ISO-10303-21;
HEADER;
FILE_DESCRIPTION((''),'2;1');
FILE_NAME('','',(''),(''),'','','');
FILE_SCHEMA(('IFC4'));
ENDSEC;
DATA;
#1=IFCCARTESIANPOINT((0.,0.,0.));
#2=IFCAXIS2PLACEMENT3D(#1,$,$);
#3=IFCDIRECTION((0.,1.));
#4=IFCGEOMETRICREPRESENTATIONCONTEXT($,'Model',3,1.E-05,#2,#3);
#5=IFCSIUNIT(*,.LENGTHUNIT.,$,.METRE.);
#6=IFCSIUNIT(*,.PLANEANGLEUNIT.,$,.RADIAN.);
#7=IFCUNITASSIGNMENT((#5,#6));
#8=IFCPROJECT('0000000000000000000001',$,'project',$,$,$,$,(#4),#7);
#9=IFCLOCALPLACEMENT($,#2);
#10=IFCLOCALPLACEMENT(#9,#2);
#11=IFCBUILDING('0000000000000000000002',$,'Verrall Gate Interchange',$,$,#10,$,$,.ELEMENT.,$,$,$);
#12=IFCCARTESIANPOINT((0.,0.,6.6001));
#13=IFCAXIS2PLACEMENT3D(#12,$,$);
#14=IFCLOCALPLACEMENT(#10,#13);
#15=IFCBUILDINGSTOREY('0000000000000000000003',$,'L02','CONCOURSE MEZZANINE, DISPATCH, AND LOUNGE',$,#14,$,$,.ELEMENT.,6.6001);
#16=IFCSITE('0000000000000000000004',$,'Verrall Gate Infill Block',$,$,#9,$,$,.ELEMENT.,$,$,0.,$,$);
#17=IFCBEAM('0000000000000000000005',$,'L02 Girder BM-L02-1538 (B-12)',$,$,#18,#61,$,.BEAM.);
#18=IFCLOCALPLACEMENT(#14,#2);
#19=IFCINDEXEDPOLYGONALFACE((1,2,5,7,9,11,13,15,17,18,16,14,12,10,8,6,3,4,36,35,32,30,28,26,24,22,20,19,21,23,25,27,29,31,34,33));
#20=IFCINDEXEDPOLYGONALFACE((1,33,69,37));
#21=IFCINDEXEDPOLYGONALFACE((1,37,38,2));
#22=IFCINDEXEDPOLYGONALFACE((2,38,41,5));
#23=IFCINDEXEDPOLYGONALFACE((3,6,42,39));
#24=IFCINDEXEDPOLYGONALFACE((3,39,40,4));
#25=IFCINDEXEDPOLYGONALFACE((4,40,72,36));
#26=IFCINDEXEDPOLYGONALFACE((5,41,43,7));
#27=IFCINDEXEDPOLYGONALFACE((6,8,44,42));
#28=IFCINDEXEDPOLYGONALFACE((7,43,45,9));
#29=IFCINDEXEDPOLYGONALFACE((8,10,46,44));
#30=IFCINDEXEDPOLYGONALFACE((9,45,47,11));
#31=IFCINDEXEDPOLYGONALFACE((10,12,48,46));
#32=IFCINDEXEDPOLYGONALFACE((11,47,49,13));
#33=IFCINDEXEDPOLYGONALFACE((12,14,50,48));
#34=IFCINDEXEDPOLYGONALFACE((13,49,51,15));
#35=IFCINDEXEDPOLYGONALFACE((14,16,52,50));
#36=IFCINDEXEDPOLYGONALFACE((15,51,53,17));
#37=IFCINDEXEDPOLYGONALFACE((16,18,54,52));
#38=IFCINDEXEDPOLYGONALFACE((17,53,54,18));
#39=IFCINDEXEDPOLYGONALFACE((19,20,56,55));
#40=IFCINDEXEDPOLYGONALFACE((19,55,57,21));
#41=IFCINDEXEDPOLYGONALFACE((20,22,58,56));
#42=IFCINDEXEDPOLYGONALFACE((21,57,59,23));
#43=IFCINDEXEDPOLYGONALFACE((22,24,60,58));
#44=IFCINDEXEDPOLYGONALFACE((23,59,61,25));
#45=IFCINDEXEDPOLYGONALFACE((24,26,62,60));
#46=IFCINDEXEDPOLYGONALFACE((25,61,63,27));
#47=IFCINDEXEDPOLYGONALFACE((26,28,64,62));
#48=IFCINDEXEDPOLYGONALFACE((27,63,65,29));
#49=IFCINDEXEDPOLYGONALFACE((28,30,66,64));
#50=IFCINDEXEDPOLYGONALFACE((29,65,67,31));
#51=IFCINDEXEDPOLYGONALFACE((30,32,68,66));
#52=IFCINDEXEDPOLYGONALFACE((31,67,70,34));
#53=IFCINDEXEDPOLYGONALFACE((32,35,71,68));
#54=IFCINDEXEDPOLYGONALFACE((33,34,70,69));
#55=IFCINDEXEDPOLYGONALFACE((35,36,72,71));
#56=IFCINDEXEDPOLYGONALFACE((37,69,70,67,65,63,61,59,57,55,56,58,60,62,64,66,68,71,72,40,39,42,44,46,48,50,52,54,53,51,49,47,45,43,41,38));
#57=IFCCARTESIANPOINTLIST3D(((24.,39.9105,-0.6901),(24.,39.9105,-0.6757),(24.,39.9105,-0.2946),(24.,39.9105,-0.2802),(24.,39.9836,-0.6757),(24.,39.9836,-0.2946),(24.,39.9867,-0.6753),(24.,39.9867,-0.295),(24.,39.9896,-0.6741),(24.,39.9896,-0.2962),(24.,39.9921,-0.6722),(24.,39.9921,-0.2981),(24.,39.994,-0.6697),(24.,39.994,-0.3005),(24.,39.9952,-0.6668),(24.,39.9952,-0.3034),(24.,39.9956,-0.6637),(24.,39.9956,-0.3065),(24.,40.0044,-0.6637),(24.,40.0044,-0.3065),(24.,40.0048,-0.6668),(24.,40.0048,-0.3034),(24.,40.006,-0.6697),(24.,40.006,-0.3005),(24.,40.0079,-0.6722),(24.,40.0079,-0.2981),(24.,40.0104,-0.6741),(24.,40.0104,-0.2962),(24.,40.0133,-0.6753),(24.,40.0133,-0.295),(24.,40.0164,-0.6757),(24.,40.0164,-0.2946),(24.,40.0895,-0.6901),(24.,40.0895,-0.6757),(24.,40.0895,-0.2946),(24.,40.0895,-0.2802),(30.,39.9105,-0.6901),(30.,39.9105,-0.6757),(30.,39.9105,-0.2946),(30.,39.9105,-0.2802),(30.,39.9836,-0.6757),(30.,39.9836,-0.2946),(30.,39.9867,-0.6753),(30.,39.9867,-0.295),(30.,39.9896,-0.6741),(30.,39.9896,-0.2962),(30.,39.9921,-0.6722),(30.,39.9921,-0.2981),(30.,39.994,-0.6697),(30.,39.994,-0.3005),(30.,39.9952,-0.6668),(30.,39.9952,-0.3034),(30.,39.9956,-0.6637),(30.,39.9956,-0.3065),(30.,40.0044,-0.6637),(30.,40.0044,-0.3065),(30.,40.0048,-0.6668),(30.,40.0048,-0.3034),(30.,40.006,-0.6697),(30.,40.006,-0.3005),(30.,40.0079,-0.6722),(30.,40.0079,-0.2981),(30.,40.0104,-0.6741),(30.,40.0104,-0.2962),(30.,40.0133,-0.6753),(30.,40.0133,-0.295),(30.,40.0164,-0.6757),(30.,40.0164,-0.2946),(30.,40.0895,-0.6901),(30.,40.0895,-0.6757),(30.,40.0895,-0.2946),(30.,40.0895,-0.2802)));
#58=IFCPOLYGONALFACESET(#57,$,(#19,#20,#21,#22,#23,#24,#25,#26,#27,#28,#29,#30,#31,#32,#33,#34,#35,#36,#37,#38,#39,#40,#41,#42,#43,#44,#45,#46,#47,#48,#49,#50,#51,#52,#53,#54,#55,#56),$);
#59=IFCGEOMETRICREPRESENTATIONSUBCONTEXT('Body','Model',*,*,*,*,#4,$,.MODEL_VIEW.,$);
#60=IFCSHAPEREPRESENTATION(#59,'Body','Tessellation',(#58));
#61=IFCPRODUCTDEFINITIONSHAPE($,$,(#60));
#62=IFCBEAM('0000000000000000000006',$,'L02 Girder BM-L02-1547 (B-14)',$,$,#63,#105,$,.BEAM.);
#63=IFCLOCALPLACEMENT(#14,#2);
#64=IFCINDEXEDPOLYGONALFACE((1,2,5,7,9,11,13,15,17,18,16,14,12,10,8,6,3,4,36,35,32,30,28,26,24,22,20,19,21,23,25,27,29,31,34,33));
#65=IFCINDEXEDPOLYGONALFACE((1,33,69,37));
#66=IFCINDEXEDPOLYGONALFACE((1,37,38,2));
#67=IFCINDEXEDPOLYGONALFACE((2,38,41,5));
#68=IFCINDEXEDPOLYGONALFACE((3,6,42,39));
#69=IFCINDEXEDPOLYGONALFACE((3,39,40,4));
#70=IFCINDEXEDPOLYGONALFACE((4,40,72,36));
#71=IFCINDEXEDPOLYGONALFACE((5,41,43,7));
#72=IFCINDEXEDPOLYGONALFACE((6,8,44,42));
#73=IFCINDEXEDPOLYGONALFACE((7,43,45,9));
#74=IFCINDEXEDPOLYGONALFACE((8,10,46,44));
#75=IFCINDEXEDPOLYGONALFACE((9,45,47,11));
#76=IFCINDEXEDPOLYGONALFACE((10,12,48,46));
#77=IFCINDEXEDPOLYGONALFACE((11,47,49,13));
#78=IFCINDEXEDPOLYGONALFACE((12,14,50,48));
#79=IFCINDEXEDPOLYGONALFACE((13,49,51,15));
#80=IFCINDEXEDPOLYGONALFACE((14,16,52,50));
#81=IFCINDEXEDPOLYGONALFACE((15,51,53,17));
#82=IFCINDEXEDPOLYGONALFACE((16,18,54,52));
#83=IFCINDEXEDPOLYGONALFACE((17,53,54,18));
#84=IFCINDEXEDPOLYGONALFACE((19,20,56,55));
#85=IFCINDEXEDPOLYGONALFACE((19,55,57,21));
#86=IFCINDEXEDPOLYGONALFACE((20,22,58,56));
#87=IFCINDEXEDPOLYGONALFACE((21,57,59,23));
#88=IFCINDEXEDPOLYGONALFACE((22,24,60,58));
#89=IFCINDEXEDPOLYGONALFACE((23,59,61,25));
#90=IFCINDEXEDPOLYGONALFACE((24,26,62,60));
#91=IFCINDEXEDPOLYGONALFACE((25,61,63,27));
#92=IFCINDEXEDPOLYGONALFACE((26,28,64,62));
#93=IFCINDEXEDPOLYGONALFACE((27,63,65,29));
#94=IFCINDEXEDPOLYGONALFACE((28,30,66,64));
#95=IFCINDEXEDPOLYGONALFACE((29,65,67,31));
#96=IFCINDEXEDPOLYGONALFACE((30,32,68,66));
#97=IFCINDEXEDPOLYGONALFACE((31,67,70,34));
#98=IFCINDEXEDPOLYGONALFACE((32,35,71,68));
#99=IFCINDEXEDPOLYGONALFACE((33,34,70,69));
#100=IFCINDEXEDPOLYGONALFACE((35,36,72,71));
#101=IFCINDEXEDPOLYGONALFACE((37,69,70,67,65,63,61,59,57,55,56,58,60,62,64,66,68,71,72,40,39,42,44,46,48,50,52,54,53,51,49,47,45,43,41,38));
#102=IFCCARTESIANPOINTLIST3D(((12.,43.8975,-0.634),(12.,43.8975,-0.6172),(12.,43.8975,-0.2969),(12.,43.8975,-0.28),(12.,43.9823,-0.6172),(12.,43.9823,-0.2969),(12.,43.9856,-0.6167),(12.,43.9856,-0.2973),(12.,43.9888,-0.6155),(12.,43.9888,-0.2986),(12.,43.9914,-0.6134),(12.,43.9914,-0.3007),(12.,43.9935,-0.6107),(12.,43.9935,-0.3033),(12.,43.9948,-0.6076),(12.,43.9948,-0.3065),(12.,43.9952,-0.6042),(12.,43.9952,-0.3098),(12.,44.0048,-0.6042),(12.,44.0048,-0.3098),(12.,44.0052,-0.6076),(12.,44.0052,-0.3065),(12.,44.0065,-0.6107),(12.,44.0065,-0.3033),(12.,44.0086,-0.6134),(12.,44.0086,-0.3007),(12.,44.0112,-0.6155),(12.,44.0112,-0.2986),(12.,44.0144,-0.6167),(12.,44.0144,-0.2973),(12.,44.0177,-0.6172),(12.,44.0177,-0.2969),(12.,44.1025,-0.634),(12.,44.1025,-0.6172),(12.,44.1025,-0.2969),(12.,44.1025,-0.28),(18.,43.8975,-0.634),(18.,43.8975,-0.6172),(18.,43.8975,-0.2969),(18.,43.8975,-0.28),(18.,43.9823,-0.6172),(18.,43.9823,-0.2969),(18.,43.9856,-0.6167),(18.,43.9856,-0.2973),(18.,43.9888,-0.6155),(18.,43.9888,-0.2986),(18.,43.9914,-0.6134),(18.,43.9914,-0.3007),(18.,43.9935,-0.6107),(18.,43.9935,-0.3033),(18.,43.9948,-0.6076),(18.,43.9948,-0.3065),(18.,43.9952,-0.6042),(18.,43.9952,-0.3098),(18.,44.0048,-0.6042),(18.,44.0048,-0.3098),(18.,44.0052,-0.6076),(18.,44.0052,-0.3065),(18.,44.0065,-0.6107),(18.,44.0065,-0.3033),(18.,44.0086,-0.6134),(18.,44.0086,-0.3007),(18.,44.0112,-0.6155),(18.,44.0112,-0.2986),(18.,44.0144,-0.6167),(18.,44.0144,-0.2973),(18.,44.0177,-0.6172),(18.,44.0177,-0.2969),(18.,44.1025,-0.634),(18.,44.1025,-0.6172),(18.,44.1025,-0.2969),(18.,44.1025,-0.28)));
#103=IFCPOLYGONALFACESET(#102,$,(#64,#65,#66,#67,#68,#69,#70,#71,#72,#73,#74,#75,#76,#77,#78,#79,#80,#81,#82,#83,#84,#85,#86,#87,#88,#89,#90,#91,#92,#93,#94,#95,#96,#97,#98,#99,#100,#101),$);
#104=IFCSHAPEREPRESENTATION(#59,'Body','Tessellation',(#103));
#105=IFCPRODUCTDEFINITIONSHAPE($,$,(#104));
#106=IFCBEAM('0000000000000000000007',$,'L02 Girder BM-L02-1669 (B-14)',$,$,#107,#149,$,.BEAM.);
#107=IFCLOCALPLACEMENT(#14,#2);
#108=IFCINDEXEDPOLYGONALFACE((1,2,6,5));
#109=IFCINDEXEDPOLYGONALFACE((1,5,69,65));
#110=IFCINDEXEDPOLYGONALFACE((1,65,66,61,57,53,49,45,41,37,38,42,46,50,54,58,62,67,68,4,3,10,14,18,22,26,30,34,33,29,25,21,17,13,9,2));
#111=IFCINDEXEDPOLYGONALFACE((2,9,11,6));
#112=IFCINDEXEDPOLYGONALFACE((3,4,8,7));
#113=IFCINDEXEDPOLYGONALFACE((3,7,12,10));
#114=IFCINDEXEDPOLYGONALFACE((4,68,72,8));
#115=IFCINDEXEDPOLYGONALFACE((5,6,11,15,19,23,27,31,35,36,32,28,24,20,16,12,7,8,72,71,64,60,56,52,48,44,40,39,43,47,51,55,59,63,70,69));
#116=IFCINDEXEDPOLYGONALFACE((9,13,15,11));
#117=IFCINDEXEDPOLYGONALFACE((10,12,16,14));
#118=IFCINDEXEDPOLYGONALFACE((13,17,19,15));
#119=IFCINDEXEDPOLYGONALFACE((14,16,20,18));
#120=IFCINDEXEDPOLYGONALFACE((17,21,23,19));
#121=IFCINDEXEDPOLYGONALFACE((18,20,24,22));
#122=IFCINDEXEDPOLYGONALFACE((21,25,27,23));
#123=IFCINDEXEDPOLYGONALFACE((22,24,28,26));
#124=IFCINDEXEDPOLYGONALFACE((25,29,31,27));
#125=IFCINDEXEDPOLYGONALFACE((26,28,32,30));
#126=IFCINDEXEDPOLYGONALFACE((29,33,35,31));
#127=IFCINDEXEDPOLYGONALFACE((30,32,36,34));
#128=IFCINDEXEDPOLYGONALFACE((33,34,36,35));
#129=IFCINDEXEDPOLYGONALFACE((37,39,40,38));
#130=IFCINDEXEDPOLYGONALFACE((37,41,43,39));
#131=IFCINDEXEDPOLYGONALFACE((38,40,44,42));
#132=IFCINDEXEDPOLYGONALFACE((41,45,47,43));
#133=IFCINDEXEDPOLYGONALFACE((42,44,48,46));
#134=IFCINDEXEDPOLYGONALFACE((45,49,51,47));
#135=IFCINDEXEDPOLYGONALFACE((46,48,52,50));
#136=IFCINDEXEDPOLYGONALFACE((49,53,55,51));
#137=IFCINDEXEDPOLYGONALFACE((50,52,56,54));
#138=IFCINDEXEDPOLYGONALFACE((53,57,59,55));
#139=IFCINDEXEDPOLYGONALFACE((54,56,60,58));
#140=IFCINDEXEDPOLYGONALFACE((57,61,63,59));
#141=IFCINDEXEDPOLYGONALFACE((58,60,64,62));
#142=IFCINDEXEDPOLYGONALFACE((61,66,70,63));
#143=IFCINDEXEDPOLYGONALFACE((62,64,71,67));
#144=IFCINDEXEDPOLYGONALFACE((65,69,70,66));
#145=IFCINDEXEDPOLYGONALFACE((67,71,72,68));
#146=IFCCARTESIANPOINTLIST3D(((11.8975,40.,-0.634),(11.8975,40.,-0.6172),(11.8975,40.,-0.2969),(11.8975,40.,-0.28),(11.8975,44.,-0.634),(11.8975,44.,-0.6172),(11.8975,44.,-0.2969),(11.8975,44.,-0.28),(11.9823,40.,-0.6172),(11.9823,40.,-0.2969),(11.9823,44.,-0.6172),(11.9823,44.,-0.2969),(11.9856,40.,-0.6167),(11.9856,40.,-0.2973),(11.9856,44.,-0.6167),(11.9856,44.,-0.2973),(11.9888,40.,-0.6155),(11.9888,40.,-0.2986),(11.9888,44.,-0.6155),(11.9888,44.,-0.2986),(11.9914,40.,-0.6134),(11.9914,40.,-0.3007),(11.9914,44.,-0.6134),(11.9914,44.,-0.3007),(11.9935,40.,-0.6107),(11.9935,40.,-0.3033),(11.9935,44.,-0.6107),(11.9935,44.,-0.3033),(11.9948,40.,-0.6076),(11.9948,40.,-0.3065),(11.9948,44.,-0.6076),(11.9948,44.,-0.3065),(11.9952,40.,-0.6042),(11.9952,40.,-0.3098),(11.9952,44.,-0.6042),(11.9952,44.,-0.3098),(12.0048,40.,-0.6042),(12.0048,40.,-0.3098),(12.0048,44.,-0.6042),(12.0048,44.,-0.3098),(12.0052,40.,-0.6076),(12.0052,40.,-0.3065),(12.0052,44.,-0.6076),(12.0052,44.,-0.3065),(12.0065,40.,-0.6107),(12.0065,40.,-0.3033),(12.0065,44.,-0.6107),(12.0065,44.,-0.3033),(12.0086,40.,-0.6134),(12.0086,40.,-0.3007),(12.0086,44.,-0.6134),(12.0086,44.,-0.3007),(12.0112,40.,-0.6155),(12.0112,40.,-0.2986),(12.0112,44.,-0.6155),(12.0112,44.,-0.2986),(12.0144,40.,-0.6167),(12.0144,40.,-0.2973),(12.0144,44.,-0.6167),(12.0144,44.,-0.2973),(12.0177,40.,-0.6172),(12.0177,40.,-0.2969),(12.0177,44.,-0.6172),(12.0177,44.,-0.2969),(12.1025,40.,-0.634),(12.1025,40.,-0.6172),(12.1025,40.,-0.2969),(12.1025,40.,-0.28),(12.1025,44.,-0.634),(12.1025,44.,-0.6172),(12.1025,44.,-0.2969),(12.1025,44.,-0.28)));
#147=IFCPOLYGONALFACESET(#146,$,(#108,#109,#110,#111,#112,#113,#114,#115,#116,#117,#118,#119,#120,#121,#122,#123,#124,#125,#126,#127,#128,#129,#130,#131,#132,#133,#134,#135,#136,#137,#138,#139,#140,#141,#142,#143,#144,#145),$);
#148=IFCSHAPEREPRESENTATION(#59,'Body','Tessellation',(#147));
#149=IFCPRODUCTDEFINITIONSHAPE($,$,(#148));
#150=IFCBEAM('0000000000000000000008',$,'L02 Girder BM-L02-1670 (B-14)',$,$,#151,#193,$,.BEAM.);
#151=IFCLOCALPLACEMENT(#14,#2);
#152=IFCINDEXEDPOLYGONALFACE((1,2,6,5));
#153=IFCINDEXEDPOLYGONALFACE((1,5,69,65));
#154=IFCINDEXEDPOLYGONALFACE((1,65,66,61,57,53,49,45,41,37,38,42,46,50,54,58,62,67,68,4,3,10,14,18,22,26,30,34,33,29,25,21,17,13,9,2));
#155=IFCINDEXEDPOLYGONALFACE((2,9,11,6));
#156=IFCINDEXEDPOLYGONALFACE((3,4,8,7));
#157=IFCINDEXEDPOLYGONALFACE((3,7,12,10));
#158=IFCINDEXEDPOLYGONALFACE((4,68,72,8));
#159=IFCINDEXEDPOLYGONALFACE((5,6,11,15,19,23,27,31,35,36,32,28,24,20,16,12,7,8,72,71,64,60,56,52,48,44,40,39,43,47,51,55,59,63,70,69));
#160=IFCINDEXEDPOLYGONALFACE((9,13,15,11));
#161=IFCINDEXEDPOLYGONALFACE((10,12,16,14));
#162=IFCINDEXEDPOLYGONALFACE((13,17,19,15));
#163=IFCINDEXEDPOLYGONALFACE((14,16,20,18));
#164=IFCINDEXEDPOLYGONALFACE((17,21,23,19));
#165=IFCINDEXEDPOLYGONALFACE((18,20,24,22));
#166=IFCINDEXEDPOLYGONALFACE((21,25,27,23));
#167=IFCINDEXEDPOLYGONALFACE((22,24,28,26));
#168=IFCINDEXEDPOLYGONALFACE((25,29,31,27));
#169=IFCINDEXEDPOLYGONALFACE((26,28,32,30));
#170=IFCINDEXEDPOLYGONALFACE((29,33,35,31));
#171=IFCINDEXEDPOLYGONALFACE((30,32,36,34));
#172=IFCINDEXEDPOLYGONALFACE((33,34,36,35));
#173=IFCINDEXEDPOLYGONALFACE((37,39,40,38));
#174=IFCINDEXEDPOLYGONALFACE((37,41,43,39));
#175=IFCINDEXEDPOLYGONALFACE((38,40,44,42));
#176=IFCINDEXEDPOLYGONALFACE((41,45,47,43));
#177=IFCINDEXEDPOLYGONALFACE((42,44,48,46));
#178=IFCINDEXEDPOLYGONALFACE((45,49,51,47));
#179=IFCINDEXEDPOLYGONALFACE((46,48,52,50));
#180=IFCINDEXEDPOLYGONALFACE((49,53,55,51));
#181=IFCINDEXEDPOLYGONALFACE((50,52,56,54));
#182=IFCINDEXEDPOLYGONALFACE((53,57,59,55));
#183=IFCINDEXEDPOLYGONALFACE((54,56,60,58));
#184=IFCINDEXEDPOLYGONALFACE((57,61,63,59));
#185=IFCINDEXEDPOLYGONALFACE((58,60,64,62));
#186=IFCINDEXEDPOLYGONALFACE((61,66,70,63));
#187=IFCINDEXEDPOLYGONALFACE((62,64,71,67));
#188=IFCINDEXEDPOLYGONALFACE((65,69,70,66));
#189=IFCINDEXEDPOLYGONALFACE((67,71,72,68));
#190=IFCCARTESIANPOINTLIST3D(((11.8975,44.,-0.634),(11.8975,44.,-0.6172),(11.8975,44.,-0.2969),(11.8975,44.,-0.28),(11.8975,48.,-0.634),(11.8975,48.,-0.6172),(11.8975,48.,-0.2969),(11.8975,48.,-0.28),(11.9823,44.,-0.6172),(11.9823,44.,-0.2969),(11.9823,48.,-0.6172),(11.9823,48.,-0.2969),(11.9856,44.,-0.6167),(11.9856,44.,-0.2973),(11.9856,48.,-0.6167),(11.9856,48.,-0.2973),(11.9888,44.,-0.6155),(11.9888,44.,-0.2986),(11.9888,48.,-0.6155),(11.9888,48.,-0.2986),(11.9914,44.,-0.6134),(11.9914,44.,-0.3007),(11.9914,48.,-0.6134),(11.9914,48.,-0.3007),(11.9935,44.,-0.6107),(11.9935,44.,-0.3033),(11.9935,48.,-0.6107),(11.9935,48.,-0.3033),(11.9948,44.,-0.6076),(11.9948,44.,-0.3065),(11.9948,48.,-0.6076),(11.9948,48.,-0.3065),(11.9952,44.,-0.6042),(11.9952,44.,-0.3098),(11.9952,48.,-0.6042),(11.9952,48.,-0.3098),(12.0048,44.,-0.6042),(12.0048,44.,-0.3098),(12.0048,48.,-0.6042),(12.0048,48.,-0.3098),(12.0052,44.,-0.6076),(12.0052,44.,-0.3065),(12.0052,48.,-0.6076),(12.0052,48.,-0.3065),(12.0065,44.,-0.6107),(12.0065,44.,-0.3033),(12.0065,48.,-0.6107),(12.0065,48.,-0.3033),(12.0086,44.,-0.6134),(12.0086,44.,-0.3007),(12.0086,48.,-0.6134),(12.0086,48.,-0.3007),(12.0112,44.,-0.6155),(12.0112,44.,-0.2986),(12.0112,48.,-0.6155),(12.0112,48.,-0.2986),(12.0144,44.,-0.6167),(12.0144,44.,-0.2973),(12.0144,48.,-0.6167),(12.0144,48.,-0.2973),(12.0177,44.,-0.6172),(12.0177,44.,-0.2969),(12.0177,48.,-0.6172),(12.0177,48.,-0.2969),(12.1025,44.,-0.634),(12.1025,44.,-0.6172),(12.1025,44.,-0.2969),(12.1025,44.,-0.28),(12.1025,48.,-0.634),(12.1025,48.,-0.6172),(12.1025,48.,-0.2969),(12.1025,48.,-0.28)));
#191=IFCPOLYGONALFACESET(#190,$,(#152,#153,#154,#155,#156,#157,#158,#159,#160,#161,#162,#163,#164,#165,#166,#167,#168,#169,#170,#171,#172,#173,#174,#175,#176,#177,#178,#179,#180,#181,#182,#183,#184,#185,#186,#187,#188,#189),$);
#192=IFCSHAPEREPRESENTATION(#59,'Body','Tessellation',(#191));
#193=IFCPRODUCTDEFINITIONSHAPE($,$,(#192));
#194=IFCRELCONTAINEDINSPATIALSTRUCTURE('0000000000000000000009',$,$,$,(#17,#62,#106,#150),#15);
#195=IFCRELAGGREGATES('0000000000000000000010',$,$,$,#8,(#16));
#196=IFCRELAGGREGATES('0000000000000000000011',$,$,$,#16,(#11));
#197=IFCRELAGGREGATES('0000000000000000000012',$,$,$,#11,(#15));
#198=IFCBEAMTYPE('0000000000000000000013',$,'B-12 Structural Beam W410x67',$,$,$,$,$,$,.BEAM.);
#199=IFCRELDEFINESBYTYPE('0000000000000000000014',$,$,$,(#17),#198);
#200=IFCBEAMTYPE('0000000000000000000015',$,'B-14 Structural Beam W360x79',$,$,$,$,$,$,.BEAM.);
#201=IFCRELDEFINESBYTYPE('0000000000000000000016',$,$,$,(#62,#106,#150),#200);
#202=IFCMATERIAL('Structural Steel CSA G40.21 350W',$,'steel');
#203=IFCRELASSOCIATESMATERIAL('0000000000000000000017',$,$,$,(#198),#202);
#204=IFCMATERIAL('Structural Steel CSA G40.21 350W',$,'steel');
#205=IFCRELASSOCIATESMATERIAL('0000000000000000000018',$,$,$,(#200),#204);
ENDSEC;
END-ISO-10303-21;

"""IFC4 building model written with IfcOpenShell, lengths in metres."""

from ifc_helpers import new_model, si_unit, direction, frame, origin, origin_2d, place, context, subcontext, project, spatial, i_section, extrude, material, material_profile, profile_set, type_object, element, save


model = new_model("IFC4")

# Units and contexts
model_context = context("Model", 3, precision=1e-05, world=origin(), true_north=direction((0.0, 1.0)))
body_context = subcontext(model_context, "Body", "Model", "MODEL_VIEW")
ifc_project = project(units=[si_unit("LENGTHUNIT", "METRE"), si_unit("PLANEANGLEUNIT", "RADIAN")], contexts=[model_context])

# Site, building, storey
site_placement = place(None, origin())
site = spatial("IfcSite", under=ifc_project, at=site_placement, Name="Verrall Gate Infill Block", CompositionType="ELEMENT", RefElevation=0.0)
building_placement = place(site_placement, origin())
building = spatial("IfcBuilding", under=site, at=building_placement, Name="Verrall Gate Interchange", CompositionType="ELEMENT")
storey_placement = place(building_placement, frame((0.0, 0.0, 6.6001)))
storey = spatial("IfcBuildingStorey", under=building, at=storey_placement, Name="L02", Description="CONCOURSE MEZZANINE, DISPATCH, AND LOUNGE", CompositionType="ELEMENT", Elevation=6.6001)

# Beams
ifc_material_1 = material(Name="Structural Steel CSA G40.21 350W", Category="steel")
ifc_material_profile_1 = material_profile(ifc_material_1, i_section(OverallWidth=0.179, OverallDepth=0.4099, WebThickness=0.0088, FlangeThickness=0.0144, FilletRadius=0.012, at=origin_2d()), Name="W410x67")
ifc_profile_set_1 = profile_set([ifc_material_profile_1], Name="Structural Steel CSA G40.21 350W")
beam_type_1 = type_object("IfcBeamType", Name="B-12 Structural Beam W410x67", PredefinedType="BEAM", material=ifc_profile_set_1)
beam_1_placement = place(storey_placement, frame((24.0, 40.0, -0.4851), z_axis=(1.0, 0.0, 0.0), x_axis=(0.0, 1.0, 0.0)))
element("IfcBeam", 1, at=beam_1_placement, inside=storey, type_object=beam_type_1, Name="L02 Girder BM-L02-1538 (B-12)", PredefinedType="BEAM", context=body_context, shape_type="SweptSolid", body=[
    extrude(i_section(OverallWidth=0.179, OverallDepth=0.4099, WebThickness=0.0088, FlangeThickness=0.0144, FilletRadius=0.012, at=origin_2d()), origin(), (0.0, 0.0, 1.0), 6.0),
])
ifc_material_2 = material(Name="Structural Steel CSA G40.21 350W", Category="steel")
ifc_material_profile_2 = material_profile(ifc_material_2, i_section(OverallWidth=0.2051, OverallDepth=0.354, WebThickness=0.0095, FlangeThickness=0.0168, FilletRadius=0.0129, at=origin_2d()), Name="W360x79")
ifc_profile_set_2 = profile_set([ifc_material_profile_2], Name="Structural Steel CSA G40.21 350W")
beam_type_2 = type_object("IfcBeamType", Name="B-14 Structural Beam W360x79", PredefinedType="BEAM", material=ifc_profile_set_2)
beam_2_placement = place(storey_placement, frame((12.0, 44.0, -0.457), z_axis=(1.0, 0.0, 0.0), x_axis=(0.0, 1.0, 0.0)))
element("IfcBeam", 2, at=beam_2_placement, inside=storey, type_object=beam_type_2, Name="L02 Girder BM-L02-1547 (B-14)", PredefinedType="BEAM", context=body_context, shape_type="SweptSolid", body=[
    extrude(i_section(OverallWidth=0.2051, OverallDepth=0.354, WebThickness=0.0095, FlangeThickness=0.0168, FilletRadius=0.0129, at=origin_2d()), origin(), (0.0, 0.0, 1.0), 6.0),
])
for number, where, z_axis, x_axis, name in (
    (3, (12.0, 40.0, -0.457), (0.0, 1.0, 0.0), (-1.0, 0.0, 0.0), "L02 Girder BM-L02-1669 (B-14)"),
    (4, (12.0, 44.0, -0.457), (0.0, 1.0, 0.0), (-1.0, 0.0, 0.0), "L02 Girder BM-L02-1670 (B-14)"),
):
    element("IfcBeam", number, at=place(storey_placement, frame(where, z_axis=z_axis, x_axis=x_axis)), inside=storey, type_object=beam_type_2, Name=name, PredefinedType="BEAM", context=body_context, shape_type="SweptSolid", body=[
        extrude(i_section(OverallWidth=0.2051, OverallDepth=0.354, WebThickness=0.0095, FlangeThickness=0.0168, FilletRadius=0.0129, at=origin_2d()), origin(), (0.0, 0.0, 1.0), 4.0),
    ])

save(model, "model.ifc")
